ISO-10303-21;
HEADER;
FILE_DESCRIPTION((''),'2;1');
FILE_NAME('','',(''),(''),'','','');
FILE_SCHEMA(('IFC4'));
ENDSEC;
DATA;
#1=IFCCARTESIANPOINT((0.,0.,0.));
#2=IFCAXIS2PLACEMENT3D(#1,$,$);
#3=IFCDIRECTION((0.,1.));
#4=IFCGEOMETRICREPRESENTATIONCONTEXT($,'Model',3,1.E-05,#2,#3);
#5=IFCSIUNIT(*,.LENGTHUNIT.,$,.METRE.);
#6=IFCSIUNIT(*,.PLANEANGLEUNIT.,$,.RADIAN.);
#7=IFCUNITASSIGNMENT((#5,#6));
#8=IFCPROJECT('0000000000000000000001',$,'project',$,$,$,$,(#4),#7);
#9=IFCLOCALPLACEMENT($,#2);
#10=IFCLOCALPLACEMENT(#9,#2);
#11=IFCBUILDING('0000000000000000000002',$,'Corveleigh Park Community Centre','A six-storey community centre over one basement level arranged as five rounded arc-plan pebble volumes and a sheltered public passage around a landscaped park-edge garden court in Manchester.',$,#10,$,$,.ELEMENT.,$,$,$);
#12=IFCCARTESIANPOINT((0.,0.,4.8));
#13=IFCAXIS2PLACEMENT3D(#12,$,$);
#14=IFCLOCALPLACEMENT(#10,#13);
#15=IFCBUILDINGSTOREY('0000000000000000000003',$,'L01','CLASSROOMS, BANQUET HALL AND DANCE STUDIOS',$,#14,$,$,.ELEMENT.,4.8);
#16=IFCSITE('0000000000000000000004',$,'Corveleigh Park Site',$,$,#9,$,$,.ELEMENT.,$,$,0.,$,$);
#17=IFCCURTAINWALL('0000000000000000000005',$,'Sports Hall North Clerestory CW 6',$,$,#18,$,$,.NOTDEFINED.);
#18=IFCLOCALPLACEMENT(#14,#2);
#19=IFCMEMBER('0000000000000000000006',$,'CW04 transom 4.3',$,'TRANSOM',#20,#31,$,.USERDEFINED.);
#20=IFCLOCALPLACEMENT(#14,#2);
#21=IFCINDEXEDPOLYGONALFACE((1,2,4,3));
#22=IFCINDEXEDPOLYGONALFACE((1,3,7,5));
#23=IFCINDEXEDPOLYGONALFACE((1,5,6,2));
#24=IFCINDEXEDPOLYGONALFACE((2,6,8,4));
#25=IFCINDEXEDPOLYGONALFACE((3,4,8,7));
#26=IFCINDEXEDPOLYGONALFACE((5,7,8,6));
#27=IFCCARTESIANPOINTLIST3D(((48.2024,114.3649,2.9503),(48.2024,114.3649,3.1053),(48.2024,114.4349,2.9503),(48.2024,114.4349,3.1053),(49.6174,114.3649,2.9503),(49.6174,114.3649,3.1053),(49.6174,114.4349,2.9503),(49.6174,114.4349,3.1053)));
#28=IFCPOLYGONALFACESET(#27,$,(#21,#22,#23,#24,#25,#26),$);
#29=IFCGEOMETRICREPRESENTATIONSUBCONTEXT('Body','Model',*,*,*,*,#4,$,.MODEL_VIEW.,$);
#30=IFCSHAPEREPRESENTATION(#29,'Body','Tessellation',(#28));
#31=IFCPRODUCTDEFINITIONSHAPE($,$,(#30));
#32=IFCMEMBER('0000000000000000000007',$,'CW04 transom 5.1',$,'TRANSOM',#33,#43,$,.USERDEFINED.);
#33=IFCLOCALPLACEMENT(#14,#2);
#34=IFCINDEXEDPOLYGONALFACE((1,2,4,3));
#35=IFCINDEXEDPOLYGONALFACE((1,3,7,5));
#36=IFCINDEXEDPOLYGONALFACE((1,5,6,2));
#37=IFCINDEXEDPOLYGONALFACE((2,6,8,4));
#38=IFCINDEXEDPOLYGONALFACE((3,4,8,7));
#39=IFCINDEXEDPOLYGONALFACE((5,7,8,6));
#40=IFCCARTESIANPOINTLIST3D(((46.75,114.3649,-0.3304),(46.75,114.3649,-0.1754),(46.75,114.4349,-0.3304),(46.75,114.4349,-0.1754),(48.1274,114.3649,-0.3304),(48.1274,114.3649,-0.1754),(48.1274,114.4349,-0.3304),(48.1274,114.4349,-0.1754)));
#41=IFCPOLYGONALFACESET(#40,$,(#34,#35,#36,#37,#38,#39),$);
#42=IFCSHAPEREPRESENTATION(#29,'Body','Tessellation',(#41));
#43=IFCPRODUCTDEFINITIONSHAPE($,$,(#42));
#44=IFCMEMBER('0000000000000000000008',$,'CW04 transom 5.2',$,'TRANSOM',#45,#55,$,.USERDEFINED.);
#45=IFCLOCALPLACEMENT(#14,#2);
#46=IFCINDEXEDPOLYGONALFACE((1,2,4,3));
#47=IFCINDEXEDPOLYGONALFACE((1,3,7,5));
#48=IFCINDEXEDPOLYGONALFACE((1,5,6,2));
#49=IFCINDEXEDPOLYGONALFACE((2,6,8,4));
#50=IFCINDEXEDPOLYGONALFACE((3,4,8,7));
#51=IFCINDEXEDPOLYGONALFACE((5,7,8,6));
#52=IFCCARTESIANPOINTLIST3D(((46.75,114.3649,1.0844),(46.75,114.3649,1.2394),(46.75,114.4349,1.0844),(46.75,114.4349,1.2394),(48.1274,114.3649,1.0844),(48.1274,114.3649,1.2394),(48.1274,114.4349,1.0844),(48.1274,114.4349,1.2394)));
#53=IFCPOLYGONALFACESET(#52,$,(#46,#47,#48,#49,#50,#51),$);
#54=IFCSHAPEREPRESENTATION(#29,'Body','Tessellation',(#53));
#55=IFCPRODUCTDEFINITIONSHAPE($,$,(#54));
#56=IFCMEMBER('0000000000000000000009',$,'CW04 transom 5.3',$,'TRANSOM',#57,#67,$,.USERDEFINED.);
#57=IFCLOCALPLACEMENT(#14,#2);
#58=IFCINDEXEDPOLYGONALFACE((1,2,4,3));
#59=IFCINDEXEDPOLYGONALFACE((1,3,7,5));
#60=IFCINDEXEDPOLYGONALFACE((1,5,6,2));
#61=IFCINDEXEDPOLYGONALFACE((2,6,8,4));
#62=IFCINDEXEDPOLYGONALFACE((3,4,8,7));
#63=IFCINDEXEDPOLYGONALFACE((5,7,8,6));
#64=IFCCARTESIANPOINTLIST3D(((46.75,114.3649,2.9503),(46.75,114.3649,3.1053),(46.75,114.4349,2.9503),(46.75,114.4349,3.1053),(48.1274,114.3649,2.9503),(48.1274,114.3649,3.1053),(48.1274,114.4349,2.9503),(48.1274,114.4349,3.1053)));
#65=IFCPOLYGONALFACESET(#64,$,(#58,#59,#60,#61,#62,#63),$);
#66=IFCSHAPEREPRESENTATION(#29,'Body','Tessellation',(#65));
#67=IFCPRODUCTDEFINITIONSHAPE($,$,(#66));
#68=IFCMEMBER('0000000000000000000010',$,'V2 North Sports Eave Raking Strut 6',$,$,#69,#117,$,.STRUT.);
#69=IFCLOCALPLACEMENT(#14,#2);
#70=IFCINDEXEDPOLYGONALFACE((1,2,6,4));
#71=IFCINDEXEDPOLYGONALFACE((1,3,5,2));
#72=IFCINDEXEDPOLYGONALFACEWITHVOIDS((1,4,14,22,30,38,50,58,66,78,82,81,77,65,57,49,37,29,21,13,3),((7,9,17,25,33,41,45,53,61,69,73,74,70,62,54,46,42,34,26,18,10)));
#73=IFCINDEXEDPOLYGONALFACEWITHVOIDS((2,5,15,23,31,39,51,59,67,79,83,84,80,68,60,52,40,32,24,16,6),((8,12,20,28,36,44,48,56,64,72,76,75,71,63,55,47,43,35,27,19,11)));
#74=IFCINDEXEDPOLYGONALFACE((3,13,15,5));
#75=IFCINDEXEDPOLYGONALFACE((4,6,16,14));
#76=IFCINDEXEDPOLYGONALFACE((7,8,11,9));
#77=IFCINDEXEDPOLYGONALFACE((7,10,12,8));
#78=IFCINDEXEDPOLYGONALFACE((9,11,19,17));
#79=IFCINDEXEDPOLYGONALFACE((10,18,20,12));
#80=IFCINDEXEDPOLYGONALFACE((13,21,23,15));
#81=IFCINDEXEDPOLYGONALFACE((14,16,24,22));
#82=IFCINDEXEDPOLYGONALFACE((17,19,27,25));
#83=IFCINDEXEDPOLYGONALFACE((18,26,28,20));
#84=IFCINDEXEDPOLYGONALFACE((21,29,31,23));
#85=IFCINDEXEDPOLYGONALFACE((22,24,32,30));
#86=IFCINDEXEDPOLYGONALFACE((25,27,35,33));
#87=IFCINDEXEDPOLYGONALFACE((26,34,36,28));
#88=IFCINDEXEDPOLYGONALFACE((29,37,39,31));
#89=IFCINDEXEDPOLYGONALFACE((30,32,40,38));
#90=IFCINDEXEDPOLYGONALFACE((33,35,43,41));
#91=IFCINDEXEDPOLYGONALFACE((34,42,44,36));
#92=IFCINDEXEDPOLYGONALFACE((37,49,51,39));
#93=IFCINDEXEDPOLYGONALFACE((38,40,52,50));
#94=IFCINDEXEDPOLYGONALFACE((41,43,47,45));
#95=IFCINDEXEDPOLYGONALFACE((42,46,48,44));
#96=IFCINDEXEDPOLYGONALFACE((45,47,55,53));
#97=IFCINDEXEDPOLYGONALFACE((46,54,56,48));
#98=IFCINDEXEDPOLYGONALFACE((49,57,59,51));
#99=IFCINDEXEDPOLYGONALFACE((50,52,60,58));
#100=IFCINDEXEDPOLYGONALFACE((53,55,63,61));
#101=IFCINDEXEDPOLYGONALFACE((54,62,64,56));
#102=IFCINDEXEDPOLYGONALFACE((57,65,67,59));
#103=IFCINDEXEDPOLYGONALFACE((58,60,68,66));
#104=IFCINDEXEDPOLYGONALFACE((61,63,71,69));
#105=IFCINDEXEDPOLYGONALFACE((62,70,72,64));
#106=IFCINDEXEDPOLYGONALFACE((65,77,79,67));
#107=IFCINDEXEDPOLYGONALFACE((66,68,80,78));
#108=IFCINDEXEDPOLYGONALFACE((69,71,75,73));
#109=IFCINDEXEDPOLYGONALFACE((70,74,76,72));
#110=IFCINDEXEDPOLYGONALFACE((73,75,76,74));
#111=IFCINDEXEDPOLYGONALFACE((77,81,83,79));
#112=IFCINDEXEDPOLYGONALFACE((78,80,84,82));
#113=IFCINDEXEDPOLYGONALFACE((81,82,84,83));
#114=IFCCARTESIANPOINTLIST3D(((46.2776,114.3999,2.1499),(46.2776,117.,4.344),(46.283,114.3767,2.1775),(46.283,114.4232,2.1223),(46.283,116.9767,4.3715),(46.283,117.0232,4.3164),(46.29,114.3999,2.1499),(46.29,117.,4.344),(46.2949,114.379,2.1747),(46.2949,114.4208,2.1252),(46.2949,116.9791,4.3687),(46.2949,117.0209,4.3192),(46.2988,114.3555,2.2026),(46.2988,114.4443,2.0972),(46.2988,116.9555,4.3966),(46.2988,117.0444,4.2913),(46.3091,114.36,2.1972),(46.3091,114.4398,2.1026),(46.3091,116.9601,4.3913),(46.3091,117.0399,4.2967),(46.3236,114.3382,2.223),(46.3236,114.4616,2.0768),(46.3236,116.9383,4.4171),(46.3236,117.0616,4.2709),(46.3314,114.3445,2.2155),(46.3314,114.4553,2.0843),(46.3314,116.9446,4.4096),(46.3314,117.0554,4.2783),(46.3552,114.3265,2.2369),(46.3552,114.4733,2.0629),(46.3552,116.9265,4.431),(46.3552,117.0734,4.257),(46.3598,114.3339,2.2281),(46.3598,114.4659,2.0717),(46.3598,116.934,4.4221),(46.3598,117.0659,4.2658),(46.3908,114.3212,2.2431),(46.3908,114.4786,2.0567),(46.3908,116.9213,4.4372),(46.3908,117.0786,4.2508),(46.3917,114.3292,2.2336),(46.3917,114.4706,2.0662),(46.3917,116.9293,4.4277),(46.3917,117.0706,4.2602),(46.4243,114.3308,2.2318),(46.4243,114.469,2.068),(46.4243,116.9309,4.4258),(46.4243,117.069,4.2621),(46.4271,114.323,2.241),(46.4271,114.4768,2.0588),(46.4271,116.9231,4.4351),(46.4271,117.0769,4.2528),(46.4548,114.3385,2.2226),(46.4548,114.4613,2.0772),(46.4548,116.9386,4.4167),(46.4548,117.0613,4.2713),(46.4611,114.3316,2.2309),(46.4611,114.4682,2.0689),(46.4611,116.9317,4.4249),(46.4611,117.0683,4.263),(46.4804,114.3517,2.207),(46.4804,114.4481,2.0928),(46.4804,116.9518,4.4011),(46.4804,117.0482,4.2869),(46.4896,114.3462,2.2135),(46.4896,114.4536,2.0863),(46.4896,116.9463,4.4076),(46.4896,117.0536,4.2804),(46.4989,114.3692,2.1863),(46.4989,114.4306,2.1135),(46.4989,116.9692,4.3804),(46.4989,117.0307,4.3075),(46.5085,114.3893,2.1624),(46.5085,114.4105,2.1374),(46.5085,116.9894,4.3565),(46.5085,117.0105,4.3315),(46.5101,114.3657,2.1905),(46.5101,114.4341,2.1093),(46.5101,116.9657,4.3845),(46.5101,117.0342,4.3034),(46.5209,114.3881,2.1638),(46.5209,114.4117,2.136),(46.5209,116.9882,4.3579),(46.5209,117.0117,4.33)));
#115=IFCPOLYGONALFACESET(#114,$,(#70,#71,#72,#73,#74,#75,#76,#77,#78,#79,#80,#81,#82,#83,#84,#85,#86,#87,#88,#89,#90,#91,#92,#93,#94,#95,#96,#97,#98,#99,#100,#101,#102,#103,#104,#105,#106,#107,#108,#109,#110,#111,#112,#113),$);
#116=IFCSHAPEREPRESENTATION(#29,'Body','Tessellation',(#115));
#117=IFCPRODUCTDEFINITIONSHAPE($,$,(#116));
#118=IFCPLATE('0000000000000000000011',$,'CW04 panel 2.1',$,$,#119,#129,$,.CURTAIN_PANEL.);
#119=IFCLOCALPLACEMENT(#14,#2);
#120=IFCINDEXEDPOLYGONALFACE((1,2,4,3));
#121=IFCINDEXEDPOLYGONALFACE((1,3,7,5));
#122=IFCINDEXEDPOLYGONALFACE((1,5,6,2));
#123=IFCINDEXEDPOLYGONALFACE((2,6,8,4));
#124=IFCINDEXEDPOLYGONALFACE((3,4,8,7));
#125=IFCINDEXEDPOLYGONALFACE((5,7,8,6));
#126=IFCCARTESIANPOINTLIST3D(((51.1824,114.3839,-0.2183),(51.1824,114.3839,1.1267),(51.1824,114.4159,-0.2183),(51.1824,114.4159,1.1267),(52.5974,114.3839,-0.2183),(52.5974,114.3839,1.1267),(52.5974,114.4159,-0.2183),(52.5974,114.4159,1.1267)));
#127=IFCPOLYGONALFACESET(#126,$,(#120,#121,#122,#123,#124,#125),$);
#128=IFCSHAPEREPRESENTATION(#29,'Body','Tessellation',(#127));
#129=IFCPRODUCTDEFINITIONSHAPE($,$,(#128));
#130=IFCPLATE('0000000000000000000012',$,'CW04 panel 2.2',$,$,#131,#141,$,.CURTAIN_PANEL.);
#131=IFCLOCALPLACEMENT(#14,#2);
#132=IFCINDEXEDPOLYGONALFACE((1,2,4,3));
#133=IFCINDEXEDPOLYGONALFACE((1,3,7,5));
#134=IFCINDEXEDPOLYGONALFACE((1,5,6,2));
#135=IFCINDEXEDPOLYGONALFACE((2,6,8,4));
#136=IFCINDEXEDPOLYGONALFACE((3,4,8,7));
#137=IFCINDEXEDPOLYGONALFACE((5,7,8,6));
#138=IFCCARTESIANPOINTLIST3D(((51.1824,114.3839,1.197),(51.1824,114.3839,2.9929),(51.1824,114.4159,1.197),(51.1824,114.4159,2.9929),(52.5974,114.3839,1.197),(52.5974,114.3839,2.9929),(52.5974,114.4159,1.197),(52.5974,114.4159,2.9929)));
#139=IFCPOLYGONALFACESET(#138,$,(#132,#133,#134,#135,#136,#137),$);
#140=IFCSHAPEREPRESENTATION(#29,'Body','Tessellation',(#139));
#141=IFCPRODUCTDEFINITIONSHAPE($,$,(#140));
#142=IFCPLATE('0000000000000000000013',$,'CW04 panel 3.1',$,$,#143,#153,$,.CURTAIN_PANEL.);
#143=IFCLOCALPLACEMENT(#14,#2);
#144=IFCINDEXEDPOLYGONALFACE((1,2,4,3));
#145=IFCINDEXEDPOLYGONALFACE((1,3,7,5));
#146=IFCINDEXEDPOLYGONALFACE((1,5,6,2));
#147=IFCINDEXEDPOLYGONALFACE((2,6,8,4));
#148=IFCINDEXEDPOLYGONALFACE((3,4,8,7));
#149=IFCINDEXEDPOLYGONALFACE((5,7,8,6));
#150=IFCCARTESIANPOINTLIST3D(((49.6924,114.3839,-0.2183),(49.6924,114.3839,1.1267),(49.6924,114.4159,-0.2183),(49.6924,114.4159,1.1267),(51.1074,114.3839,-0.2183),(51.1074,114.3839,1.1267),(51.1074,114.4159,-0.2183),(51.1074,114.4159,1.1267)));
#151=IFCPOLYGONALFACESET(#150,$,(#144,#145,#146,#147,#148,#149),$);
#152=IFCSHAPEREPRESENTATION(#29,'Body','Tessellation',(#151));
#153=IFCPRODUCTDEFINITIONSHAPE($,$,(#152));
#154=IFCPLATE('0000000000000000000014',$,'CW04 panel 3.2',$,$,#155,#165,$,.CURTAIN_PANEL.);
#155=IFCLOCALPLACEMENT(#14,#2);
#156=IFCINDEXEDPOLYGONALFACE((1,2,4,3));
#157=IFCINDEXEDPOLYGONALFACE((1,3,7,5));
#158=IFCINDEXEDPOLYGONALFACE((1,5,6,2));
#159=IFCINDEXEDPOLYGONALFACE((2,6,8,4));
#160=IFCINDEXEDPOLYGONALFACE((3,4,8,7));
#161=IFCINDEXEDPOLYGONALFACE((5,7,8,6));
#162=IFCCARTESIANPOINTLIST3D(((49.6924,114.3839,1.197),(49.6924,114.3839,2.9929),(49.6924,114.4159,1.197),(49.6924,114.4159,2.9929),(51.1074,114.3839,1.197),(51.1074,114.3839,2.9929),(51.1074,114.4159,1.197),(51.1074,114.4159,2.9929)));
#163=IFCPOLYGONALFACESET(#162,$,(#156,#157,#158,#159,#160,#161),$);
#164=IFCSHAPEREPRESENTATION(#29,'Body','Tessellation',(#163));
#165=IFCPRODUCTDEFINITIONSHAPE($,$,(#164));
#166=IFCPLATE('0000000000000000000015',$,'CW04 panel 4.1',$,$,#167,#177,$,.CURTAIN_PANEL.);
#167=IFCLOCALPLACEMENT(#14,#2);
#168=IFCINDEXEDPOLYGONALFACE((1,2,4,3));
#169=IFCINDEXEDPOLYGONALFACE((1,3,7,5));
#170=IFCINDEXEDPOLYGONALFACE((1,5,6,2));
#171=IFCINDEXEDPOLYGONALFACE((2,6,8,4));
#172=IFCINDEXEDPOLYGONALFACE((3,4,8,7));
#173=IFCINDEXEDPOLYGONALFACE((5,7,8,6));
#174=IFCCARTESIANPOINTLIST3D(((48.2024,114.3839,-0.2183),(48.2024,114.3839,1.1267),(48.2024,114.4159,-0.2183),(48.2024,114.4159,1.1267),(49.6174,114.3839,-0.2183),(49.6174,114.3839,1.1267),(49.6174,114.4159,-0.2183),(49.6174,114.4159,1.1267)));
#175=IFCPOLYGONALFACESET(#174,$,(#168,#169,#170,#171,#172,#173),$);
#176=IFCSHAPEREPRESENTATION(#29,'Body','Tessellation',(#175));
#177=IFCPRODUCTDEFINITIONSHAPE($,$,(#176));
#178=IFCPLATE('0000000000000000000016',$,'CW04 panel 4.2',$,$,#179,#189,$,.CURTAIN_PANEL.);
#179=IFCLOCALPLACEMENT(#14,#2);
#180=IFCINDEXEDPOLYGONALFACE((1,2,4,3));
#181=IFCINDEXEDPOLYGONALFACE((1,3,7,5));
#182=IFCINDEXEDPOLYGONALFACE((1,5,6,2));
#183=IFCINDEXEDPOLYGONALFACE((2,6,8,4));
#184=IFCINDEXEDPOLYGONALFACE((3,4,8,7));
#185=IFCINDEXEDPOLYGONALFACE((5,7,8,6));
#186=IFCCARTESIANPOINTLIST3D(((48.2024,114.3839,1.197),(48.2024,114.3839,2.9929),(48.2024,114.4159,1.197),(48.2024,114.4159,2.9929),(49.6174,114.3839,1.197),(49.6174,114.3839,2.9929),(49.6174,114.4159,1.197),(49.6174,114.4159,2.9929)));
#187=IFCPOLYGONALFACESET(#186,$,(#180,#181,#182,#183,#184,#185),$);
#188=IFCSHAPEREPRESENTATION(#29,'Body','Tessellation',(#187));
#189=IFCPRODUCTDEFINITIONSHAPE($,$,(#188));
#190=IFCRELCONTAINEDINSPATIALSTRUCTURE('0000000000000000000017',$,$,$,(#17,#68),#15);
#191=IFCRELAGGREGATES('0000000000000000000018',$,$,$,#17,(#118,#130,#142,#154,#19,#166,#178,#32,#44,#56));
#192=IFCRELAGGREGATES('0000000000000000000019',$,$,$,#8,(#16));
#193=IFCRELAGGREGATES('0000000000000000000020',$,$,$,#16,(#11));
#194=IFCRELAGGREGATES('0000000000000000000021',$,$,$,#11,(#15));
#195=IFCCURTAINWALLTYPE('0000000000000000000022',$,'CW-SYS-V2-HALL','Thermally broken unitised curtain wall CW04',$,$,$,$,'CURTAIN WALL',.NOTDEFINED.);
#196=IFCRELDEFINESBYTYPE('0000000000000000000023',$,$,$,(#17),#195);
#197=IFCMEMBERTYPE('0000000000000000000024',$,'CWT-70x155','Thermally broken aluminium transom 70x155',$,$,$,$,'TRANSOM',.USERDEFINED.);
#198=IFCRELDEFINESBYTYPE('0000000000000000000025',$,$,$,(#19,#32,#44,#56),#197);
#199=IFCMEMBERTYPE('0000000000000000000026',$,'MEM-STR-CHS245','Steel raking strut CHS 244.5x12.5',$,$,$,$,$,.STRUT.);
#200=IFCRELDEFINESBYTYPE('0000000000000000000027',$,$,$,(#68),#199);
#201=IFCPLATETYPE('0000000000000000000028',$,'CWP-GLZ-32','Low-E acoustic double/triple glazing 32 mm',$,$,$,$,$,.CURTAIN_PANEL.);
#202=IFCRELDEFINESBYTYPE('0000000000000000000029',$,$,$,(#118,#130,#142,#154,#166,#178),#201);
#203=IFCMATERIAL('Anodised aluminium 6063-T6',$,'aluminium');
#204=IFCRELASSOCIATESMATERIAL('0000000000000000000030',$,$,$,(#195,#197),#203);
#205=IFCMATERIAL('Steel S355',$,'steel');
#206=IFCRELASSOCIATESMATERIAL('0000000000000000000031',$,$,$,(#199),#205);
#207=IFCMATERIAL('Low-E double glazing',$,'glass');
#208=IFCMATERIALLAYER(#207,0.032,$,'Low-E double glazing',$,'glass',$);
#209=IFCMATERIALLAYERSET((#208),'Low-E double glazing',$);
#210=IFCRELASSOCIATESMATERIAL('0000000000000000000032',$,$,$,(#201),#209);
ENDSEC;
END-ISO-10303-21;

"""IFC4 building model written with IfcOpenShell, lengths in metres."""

from ifc_helpers import new_model, si_unit, direction, frame, origin, origin_2d, place, context, subcontext, project, spatial, rectangle, hollow_circle, extrude, material, layer, layer_set, material_profile, profile_set, type_object, element, aggregate, save


model = new_model("IFC4")

# Units and contexts
model_context = context("Model", 3, precision=1e-05, world=origin(), true_north=direction((0.0, 1.0)))
body_context = subcontext(model_context, "Body", "Model", "MODEL_VIEW")
ifc_project = project(units=[si_unit("LENGTHUNIT", "METRE"), si_unit("PLANEANGLEUNIT", "RADIAN")], contexts=[model_context])

# Site, building, storey
site_placement = place(None, origin())
site = spatial("IfcSite", under=ifc_project, at=site_placement, Name="Corveleigh Park Site", CompositionType="ELEMENT", RefElevation=0.0)
building_placement = place(site_placement, origin())
building = spatial("IfcBuilding", under=site, at=building_placement, Name="Corveleigh Park Community Centre", Description="A six-storey community centre over one basement level arranged as five rounded arc-plan pebble volumes and a sheltered public passage around a landscaped park-edge garden court in Manchester.", CompositionType="ELEMENT")
storey_placement = place(building_placement, frame((0.0, 0.0, 4.8)))
storey = spatial("IfcBuildingStorey", under=building, at=storey_placement, Name="L01", Description="CLASSROOMS, BANQUET HALL AND DANCE STUDIOS", CompositionType="ELEMENT", Elevation=4.8)

# Shared definitions
ifc_material_1 = material(Name="Steel S355", Category="steel")

# Curtain wall, members
ifc_material_2 = material(Name="Anodised aluminium 6063-T6", Category="aluminium")
curtain_wall_type = type_object("IfcCurtainWallType", Name="CW-SYS-V2-HALL", Description="Thermally broken unitised curtain wall CW04", ElementType="CURTAIN WALL", PredefinedType="NOTDEFINED", material=ifc_material_2)
curtain_wall_placement = place(storey_placement, origin())
curtain_wall = element("IfcCurtainWall", 1, at=curtain_wall_placement, inside=storey, type_object=curtain_wall_type, Name="Sports Hall North Clerestory CW 6", PredefinedType="NOTDEFINED")
ifc_material_profile_1 = material_profile(ifc_material_2, rectangle(XDim=0.0701, YDim=0.155, at=origin_2d()), Name="ALU-T70x155", Category="aluminium")
ifc_profile_set_1 = profile_set([ifc_material_profile_1], Name="Anodised aluminium 6063-T6")
member_type_1 = type_object("IfcMemberType", Name="CWT-70x155", Description="Thermally broken aluminium transom 70x155", ElementType="TRANSOM", PredefinedType="USERDEFINED", material=ifc_profile_set_1)
member_1_placement = place(storey_placement, frame((49.6174, 114.3999, 3.0278), z_axis=(-1.0, 0.0, 0.0), x_axis=(0.0, -1.0, 0.0)))
member_1 = element("IfcMember", 2, at=member_1_placement, type_object=member_type_1, Name="CW04 transom 4.3", ObjectType="TRANSOM", PredefinedType="USERDEFINED", context=body_context, shape_type="SweptSolid", body=[
    extrude(rectangle(XDim=0.0701, YDim=0.155, at=origin_2d()), origin(), (0.0, 0.0, 1.0), 1.415),
])
member_2_placement = place(storey_placement, frame((48.1274, 114.3999, -0.2529), z_axis=(-1.0, 0.0, 0.0), x_axis=(0.0, -1.0, 0.0)))
member_2 = element("IfcMember", 3, at=member_2_placement, type_object=member_type_1, Name="CW04 transom 5.1", ObjectType="TRANSOM", PredefinedType="USERDEFINED", context=body_context, shape_type="SweptSolid", body=[
    extrude(rectangle(XDim=0.0701, YDim=0.155, at=origin_2d()), origin(), (0.0, 0.0, 1.0), 1.3774),
])
member_3_placement = place(storey_placement, frame((48.1274, 114.3999, 1.1619), z_axis=(-1.0, 0.0, 0.0), x_axis=(0.0, -1.0, 0.0)))
member_3 = element("IfcMember", 4, at=member_3_placement, type_object=member_type_1, Name="CW04 transom 5.2", ObjectType="TRANSOM", PredefinedType="USERDEFINED", context=body_context, shape_type="SweptSolid", body=[
    extrude(rectangle(XDim=0.0701, YDim=0.155, at=origin_2d()), origin(), (0.0, 0.0, 1.0), 1.3774),
])
member_4_placement = place(storey_placement, frame((48.1274, 114.3999, 3.0278), z_axis=(-1.0, 0.0, 0.0), x_axis=(0.0, -1.0, 0.0)))
member_4 = element("IfcMember", 5, at=member_4_placement, type_object=member_type_1, Name="CW04 transom 5.3", ObjectType="TRANSOM", PredefinedType="USERDEFINED", context=body_context, shape_type="SweptSolid", body=[
    extrude(rectangle(XDim=0.0701, YDim=0.155, at=origin_2d()), origin(), (0.0, 0.0, 1.0), 1.3774),
])

# Member
ifc_material_profile_2 = material_profile(ifc_material_1, hollow_circle(Radius=0.1223, WallThickness=0.0125, at=origin_2d()), Name="CHS 244.5x12.5", Category="steel")
ifc_profile_set_2 = profile_set([ifc_material_profile_2], Name="Steel S355")
member_type_2 = type_object("IfcMemberType", Name="MEM-STR-CHS245", Description="Steel raking strut CHS 244.5x12.5", PredefinedType="STRUT", material=ifc_profile_set_2)
member_5_placement = place(storey_placement, frame((46.3999, 114.3999, 2.1499), z_axis=(0.0, 0.764254, 0.644915), x_axis=(-1.0, 0.0, 0.0)))
element("IfcMember", 6, at=member_5_placement, inside=storey, type_object=member_type_2, Name="V2 North Sports Eave Raking Strut 6", PredefinedType="STRUT", context=body_context, shape_type="SweptSolid", body=[
    extrude(hollow_circle(Radius=0.1223, WallThickness=0.0125, at=origin_2d()), origin(), (0.0, 0.0, 1.0), 3.4021),
])

# Plates
ifc_material_3 = material(Name="Low-E double glazing", Category="glass")
ifc_layer_1 = layer(ifc_material_3, 0.032, Name="Low-E double glazing", Category="glass")
ifc_layer_set_1 = layer_set([ifc_layer_1], Name="Low-E double glazing")
plate_type_1 = type_object("IfcPlateType", Name="CWP-GLZ-32", Description="Low-E acoustic double/triple glazing 32 mm", PredefinedType="CURTAIN_PANEL", material=ifc_layer_set_1)
plate_1_placement = place(storey_placement, frame((51.8899, 114.3999, -0.2183), z_axis=(0.0, 0.0, 1.0), x_axis=(-1.0, 0.0, 0.0)))
plate_1 = element("IfcPlate", 7, at=plate_1_placement, type_object=plate_type_1, Name="CW04 panel 2.1", PredefinedType="CURTAIN_PANEL", context=body_context, shape_type="SweptSolid", body=[
    extrude(rectangle(XDim=1.415, YDim=0.032, at=origin_2d()), origin(), (0.0, 0.0, 1.0), 1.345),
])
plate_2_placement = place(storey_placement, frame((51.8899, 114.3999, 1.197), z_axis=(0.0, 0.0, 1.0), x_axis=(-1.0, 0.0, 0.0)))
plate_2 = element("IfcPlate", 8, at=plate_2_placement, type_object=plate_type_1, Name="CW04 panel 2.2", PredefinedType="CURTAIN_PANEL", context=body_context, shape_type="SweptSolid", body=[
    extrude(rectangle(XDim=1.415, YDim=0.032, at=origin_2d()), origin(), (0.0, 0.0, 1.0), 1.7959),
])
plate_3_placement = place(storey_placement, frame((50.3999, 114.3999, -0.2183), z_axis=(0.0, 0.0, 1.0), x_axis=(-1.0, 0.0, 0.0)))
plate_3 = element("IfcPlate", 9, at=plate_3_placement, type_object=plate_type_1, Name="CW04 panel 3.1", PredefinedType="CURTAIN_PANEL", context=body_context, shape_type="SweptSolid", body=[
    extrude(rectangle(XDim=1.415, YDim=0.032, at=origin_2d()), origin(), (0.0, 0.0, 1.0), 1.345),
])
plate_4_placement = place(storey_placement, frame((50.3999, 114.3999, 1.197), z_axis=(0.0, 0.0, 1.0), x_axis=(-1.0, 0.0, 0.0)))
plate_4 = element("IfcPlate", 10, at=plate_4_placement, type_object=plate_type_1, Name="CW04 panel 3.2", PredefinedType="CURTAIN_PANEL", context=body_context, shape_type="SweptSolid", body=[
    extrude(rectangle(XDim=1.415, YDim=0.032, at=origin_2d()), origin(), (0.0, 0.0, 1.0), 1.7959),
])
plate_5_placement = place(storey_placement, frame((48.9099, 114.3999, -0.2183), z_axis=(0.0, 0.0, 1.0), x_axis=(-1.0, 0.0, 0.0)))
plate_5 = element("IfcPlate", 11, at=plate_5_placement, type_object=plate_type_1, Name="CW04 panel 4.1", PredefinedType="CURTAIN_PANEL", context=body_context, shape_type="SweptSolid", body=[
    extrude(rectangle(XDim=1.415, YDim=0.032, at=origin_2d()), origin(), (0.0, 0.0, 1.0), 1.345),
])
plate_6_placement = place(storey_placement, frame((48.9099, 114.3999, 1.197), z_axis=(0.0, 0.0, 1.0), x_axis=(-1.0, 0.0, 0.0)))
plate_6 = element("IfcPlate", 12, at=plate_6_placement, type_object=plate_type_1, Name="CW04 panel 4.2", PredefinedType="CURTAIN_PANEL", context=body_context, shape_type="SweptSolid", body=[
    extrude(rectangle(XDim=1.415, YDim=0.032, at=origin_2d()), origin(), (0.0, 0.0, 1.0), 1.7959),
])
aggregate(curtain_wall, [plate_1, plate_2, plate_3, plate_4, member_1, plate_5, plate_6, member_2, member_3, member_4])

save(model, "model.ifc")
